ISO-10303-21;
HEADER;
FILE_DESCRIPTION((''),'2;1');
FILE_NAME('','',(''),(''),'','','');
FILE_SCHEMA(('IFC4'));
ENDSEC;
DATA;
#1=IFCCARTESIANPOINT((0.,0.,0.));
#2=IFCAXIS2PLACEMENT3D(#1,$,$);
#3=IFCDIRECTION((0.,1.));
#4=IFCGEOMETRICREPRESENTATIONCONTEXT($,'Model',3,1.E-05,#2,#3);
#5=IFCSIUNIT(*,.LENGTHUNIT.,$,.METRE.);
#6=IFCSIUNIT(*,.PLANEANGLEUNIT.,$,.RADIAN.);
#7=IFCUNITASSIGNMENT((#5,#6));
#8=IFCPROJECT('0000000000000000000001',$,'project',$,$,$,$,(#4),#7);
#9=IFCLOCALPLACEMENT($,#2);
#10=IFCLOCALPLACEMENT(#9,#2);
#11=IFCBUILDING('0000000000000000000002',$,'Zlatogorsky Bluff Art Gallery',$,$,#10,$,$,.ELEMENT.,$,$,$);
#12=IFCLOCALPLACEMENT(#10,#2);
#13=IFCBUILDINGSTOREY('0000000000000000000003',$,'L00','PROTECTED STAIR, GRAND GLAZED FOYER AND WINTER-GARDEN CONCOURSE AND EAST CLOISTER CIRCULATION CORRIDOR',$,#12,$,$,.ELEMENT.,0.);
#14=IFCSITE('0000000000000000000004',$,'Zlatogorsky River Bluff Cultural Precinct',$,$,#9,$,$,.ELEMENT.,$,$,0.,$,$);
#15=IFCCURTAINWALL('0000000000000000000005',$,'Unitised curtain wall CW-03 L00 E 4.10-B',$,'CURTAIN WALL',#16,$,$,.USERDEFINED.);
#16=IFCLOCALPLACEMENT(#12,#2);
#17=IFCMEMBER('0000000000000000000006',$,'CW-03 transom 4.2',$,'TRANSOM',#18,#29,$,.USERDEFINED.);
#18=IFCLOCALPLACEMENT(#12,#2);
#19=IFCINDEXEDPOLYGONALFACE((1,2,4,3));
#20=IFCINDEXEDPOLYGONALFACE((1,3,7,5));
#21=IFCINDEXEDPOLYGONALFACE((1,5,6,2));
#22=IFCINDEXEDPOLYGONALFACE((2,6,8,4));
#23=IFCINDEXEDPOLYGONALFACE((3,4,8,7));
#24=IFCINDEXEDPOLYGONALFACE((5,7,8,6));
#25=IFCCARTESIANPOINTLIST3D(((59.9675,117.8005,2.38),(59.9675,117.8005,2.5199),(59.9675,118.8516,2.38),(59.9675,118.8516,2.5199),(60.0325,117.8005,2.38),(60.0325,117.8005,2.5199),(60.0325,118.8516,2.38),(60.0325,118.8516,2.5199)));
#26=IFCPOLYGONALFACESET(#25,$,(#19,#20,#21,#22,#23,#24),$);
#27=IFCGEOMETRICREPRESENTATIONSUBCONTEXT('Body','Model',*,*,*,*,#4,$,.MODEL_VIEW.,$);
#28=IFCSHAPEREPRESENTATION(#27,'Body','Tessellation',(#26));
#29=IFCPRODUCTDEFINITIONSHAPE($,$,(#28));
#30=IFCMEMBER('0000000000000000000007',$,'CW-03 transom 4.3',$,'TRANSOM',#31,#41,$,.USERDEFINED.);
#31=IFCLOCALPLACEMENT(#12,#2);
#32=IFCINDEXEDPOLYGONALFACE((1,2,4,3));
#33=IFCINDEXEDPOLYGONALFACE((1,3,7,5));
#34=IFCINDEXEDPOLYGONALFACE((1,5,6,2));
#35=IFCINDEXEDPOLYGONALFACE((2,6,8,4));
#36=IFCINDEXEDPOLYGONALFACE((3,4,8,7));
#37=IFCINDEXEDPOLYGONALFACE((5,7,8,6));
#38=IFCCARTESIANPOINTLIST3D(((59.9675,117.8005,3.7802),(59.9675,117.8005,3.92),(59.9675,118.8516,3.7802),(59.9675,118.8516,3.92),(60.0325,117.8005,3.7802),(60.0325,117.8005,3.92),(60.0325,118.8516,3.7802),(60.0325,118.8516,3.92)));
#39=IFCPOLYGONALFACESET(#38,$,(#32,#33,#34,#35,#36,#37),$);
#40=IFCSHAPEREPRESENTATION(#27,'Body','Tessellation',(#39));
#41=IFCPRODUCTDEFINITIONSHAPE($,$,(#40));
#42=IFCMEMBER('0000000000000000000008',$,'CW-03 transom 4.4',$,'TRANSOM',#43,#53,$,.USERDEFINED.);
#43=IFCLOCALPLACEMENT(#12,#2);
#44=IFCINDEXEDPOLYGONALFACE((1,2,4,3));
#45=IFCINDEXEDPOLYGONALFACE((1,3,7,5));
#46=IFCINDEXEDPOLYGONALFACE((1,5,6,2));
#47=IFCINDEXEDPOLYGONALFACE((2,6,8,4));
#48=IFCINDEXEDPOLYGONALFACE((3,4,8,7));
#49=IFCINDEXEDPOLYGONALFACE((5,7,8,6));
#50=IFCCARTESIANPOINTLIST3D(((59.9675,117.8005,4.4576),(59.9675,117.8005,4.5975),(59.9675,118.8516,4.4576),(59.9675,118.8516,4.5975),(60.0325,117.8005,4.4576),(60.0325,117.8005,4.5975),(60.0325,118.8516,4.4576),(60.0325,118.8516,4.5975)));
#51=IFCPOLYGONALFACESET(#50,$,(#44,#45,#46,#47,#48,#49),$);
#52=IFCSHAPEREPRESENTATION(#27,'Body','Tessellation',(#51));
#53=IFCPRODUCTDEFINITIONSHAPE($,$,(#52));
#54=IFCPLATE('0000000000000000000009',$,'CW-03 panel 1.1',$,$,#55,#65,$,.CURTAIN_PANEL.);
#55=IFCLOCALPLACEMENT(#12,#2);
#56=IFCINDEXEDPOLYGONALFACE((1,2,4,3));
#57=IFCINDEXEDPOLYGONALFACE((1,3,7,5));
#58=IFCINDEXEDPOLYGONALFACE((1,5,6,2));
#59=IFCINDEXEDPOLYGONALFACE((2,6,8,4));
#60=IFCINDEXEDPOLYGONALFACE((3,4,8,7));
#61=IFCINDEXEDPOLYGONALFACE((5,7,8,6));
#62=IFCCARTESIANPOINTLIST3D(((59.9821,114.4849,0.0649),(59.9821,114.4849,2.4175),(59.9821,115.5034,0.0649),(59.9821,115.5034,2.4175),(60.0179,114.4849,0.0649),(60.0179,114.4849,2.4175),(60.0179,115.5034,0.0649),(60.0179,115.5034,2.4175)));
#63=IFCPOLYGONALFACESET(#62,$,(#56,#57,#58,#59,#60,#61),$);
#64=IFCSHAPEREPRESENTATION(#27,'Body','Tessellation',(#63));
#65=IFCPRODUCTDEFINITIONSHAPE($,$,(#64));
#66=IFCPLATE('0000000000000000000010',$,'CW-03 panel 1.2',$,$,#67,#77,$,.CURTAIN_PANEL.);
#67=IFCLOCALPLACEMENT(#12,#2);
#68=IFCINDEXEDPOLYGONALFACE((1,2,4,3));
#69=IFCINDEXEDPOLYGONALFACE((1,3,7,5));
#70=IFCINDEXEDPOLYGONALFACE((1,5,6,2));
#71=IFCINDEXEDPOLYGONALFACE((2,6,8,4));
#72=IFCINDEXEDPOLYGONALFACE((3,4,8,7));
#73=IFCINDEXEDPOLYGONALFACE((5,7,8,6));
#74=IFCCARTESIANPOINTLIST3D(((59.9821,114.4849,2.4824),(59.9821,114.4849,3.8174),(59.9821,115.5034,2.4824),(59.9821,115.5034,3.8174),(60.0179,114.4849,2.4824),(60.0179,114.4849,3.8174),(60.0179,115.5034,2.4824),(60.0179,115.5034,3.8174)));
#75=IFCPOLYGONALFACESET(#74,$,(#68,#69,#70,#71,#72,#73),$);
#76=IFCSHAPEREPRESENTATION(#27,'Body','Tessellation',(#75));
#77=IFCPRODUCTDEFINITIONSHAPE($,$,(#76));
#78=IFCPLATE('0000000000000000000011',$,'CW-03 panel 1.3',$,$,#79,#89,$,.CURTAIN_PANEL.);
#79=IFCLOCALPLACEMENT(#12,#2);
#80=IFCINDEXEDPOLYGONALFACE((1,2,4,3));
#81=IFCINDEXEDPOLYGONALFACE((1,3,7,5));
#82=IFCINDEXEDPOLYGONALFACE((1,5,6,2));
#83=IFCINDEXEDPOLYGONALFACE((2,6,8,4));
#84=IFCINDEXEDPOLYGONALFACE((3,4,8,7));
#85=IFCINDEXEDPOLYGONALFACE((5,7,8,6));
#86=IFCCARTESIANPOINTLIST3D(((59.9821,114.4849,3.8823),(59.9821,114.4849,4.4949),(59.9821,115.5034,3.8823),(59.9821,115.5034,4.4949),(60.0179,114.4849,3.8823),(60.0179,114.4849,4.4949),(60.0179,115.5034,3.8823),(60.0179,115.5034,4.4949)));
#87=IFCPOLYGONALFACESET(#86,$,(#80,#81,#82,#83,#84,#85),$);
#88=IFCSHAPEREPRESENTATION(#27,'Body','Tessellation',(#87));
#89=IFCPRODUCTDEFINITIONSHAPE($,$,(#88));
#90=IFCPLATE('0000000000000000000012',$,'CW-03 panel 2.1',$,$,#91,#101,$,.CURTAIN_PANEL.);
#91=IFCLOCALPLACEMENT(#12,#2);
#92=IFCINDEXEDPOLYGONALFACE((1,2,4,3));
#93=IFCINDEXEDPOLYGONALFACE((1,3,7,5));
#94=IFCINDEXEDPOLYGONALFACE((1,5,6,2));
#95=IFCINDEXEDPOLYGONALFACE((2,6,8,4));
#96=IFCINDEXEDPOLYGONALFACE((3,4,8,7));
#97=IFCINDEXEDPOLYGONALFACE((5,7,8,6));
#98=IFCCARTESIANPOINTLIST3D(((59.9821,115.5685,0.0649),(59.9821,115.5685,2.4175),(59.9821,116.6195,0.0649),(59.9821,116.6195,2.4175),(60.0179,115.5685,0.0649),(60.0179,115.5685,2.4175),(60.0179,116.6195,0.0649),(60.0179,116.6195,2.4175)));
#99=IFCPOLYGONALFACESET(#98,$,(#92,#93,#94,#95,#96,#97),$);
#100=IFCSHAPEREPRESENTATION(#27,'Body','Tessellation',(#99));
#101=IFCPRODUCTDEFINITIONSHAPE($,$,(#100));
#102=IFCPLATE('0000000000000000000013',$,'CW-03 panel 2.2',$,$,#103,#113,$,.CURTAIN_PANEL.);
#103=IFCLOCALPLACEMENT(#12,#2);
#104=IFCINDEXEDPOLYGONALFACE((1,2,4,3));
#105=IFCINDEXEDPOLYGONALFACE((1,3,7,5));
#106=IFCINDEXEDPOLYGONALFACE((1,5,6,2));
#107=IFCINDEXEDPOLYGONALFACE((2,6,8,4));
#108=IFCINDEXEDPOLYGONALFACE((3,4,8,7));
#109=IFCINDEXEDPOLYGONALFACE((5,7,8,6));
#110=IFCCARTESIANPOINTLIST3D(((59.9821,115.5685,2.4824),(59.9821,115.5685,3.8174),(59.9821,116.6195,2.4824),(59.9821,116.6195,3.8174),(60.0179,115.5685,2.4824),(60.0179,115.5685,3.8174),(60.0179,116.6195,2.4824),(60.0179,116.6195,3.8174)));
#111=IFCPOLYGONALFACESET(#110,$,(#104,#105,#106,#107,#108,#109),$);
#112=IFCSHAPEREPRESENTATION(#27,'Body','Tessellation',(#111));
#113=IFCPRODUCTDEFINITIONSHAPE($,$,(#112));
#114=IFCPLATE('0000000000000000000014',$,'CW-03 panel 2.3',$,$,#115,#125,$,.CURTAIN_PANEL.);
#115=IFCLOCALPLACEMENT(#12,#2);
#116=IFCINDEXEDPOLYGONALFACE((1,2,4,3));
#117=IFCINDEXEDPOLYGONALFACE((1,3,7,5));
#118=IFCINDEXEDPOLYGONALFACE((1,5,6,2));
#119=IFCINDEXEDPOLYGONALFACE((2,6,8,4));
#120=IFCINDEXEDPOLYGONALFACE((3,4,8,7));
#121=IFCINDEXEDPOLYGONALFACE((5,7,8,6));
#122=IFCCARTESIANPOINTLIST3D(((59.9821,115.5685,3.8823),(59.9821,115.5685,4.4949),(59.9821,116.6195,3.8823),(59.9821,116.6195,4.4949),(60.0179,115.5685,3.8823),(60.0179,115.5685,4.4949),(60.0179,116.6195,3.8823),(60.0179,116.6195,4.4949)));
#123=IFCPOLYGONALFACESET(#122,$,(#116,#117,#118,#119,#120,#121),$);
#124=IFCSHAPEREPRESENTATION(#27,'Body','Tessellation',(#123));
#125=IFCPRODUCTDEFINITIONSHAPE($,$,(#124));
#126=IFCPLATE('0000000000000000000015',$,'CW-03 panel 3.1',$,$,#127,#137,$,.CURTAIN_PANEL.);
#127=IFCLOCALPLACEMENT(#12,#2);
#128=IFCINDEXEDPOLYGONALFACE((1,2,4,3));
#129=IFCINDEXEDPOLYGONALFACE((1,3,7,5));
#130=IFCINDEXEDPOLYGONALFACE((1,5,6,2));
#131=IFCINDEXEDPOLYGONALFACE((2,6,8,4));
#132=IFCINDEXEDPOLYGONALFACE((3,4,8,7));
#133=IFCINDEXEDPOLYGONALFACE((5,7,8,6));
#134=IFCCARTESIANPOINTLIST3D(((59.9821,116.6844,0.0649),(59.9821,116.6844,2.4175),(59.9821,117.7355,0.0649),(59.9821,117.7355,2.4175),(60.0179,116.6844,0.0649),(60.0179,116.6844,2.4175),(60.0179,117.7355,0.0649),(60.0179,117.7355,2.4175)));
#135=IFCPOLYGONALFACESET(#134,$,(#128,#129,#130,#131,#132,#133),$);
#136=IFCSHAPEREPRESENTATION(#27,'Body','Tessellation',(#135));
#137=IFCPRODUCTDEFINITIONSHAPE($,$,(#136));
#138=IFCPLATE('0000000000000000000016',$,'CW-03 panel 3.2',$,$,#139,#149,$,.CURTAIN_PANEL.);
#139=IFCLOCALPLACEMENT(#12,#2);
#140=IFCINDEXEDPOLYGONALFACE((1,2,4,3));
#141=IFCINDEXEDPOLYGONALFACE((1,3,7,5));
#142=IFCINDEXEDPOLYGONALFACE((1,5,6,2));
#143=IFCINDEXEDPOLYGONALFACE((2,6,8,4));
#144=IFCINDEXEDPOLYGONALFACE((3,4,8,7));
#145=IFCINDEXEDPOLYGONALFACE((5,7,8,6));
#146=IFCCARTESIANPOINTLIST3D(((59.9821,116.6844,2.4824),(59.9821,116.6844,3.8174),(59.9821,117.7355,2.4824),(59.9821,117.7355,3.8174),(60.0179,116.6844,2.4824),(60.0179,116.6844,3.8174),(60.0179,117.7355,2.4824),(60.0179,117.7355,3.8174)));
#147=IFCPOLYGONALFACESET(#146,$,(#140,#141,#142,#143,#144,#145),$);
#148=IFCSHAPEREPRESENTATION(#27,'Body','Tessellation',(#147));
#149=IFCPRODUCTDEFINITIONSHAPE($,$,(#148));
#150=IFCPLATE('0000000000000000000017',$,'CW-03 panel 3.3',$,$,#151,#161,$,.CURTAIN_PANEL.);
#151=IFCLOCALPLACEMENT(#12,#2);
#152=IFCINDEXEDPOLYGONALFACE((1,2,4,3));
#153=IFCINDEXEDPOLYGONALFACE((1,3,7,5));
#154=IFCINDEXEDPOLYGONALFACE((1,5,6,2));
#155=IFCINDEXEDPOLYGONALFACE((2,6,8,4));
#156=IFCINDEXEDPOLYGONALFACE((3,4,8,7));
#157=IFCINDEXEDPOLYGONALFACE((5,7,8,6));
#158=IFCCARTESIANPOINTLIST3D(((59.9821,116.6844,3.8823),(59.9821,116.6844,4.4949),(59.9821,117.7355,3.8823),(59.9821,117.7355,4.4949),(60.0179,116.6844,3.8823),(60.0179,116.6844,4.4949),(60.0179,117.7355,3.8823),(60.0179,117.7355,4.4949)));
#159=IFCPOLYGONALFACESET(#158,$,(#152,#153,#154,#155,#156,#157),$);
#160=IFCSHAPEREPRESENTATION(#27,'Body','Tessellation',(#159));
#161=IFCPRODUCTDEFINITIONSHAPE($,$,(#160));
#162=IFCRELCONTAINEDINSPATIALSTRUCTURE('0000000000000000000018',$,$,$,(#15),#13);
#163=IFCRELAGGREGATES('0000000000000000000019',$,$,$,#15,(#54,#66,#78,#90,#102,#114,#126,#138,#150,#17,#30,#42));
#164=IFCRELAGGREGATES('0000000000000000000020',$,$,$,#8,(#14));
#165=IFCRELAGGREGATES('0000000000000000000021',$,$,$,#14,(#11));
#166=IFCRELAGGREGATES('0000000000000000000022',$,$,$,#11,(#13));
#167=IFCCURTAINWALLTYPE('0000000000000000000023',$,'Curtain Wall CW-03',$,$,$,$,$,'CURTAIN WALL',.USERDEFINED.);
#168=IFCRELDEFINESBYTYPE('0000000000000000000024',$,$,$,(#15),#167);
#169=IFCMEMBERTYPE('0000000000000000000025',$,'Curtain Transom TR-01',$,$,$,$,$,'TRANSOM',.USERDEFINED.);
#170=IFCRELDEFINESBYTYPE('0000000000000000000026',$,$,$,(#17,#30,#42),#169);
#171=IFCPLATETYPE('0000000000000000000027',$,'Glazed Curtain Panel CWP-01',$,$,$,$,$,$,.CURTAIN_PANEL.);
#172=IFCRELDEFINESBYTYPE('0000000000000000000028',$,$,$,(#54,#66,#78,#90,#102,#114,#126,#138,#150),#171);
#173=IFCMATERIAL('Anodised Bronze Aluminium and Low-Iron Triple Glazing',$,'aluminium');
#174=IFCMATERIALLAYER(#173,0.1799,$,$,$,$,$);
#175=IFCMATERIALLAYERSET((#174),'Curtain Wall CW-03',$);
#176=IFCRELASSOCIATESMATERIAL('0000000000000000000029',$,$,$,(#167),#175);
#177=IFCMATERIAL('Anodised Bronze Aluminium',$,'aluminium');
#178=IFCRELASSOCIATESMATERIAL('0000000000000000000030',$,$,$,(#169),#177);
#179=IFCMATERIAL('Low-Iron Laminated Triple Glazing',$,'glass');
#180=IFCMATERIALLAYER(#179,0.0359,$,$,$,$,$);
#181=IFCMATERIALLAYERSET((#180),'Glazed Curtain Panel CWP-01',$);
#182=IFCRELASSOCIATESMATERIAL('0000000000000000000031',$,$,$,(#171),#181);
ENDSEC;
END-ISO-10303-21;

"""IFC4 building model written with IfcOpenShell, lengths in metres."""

from ifc_helpers import new_model, si_unit, direction, frame, origin, origin_2d, place, context, subcontext, project, spatial, rectangle, extrude, material, layer, layer_set, material_profile, profile_set, type_object, element, aggregate, save


model = new_model("IFC4")

# Units and contexts
model_context = context("Model", 3, precision=1e-05, world=origin(), true_north=direction((0.0, 1.0)))
body_context = subcontext(model_context, "Body", "Model", "MODEL_VIEW")
ifc_project = project(units=[si_unit("LENGTHUNIT", "METRE"), si_unit("PLANEANGLEUNIT", "RADIAN")], contexts=[model_context])

# Site, building, storey
site_placement = place(None, origin())
site = spatial("IfcSite", under=ifc_project, at=site_placement, Name="Zlatogorsky River Bluff Cultural Precinct", CompositionType="ELEMENT", RefElevation=0.0)
building_placement = place(site_placement, origin())
building = spatial("IfcBuilding", under=site, at=building_placement, Name="Zlatogorsky Bluff Art Gallery", CompositionType="ELEMENT")
storey_placement = place(building_placement, origin())
storey = spatial("IfcBuildingStorey", under=building, at=storey_placement, Name="L00", Description="PROTECTED STAIR, GRAND GLAZED FOYER AND WINTER-GARDEN CONCOURSE AND EAST CLOISTER CIRCULATION CORRIDOR", CompositionType="ELEMENT", Elevation=0.0)

# Curtain wall, members, plates
ifc_material_1 = material(Name="Anodised Bronze Aluminium and Low-Iron Triple Glazing", Category="aluminium")
ifc_layer_1 = layer(ifc_material_1, 0.1799)
ifc_layer_set_1 = layer_set([ifc_layer_1], Name="Curtain Wall CW-03")
curtain_wall_type = type_object("IfcCurtainWallType", Name="Curtain Wall CW-03", ElementType="CURTAIN WALL", PredefinedType="USERDEFINED", material=ifc_layer_set_1)
curtain_wall_placement = place(storey_placement, origin())
curtain_wall = element("IfcCurtainWall", 1, at=curtain_wall_placement, inside=storey, type_object=curtain_wall_type, Name="Unitised curtain wall CW-03 L00 E 4.10-B", ObjectType="CURTAIN WALL", PredefinedType="USERDEFINED")
ifc_material_2 = material(Name="Anodised Bronze Aluminium", Category="aluminium")
ifc_material_profile_1 = material_profile(ifc_material_2, rectangle(XDim=0.0649, YDim=0.1399, at=origin_2d()), Name="ALU TRANSOM 65x140")
ifc_profile_set_1 = profile_set([ifc_material_profile_1], Name="Anodised Bronze Aluminium")
member_type_1 = type_object("IfcMemberType", Name="Curtain Transom TR-01", ElementType="TRANSOM", PredefinedType="USERDEFINED", material=ifc_profile_set_1)
member_1_placement = place(storey_placement, frame((60.0, 117.8005, 2.45), z_axis=(0.0, 1.0, 0.0), x_axis=(-1.0, 0.0, 0.0)))
member_1 = element("IfcMember", 2, at=member_1_placement, type_object=member_type_1, Name="CW-03 transom 4.2", ObjectType="TRANSOM", PredefinedType="USERDEFINED", context=body_context, shape_type="SweptSolid", body=[
    extrude(rectangle(XDim=0.0649, YDim=0.1399, at=origin_2d()), origin(), (0.0, 0.0, 1.0), 1.051),
])
member_2_placement = place(storey_placement, frame((60.0, 117.8005, 3.8501), z_axis=(0.0, 1.0, 0.0), x_axis=(-1.0, 0.0, 0.0)))
member_2 = element("IfcMember", 3, at=member_2_placement, type_object=member_type_1, Name="CW-03 transom 4.3", ObjectType="TRANSOM", PredefinedType="USERDEFINED", context=body_context, shape_type="SweptSolid", body=[
    extrude(rectangle(XDim=0.0649, YDim=0.1399, at=origin_2d()), origin(), (0.0, 0.0, 1.0), 1.051),
])
member_3_placement = place(storey_placement, frame((60.0, 117.8005, 4.5276), z_axis=(0.0, 1.0, 0.0), x_axis=(-1.0, 0.0, 0.0)))
member_3 = element("IfcMember", 4, at=member_3_placement, type_object=member_type_1, Name="CW-03 transom 4.4", ObjectType="TRANSOM", PredefinedType="USERDEFINED", context=body_context, shape_type="SweptSolid", body=[
    extrude(rectangle(XDim=0.0649, YDim=0.1399, at=origin_2d()), origin(), (0.0, 0.0, 1.0), 1.051),
])
ifc_material_3 = material(Name="Low-Iron Laminated Triple Glazing", Category="glass")
ifc_layer_2 = layer(ifc_material_3, 0.0359)
ifc_layer_set_2 = layer_set([ifc_layer_2], Name="Glazed Curtain Panel CWP-01")
plate_type = type_object("IfcPlateType", Name="Glazed Curtain Panel CWP-01", PredefinedType="CURTAIN_PANEL", material=ifc_layer_set_2)
plate_1_placement = place(storey_placement, frame((60.0, 114.9941, 0.0649), z_axis=(0.0, 0.0, 1.0), x_axis=(0.0, 1.0, 0.0)))
plate_1 = element("IfcPlate", 5, at=plate_1_placement, type_object=plate_type, Name="CW-03 panel 1.1", PredefinedType="CURTAIN_PANEL", context=body_context, shape_type="SweptSolid", body=[
    extrude(rectangle(XDim=1.0186, YDim=0.0359, at=origin_2d()), origin(), (0.0, 0.0, 1.0), 2.3525),
])
plate_2_placement = place(storey_placement, frame((60.0, 114.9941, 2.4824), z_axis=(0.0, 0.0, 1.0), x_axis=(0.0, 1.0, 0.0)))
plate_2 = element("IfcPlate", 6, at=plate_2_placement, type_object=plate_type, Name="CW-03 panel 1.2", PredefinedType="CURTAIN_PANEL", context=body_context, shape_type="SweptSolid", body=[
    extrude(rectangle(XDim=1.0186, YDim=0.0359, at=origin_2d()), origin(), (0.0, 0.0, 1.0), 1.335),
])
plate_3_placement = place(storey_placement, frame((60.0, 114.9941, 3.8823), z_axis=(0.0, 0.0, 1.0), x_axis=(0.0, 1.0, 0.0)))
plate_3 = element("IfcPlate", 7, at=plate_3_placement, type_object=plate_type, Name="CW-03 panel 1.3", PredefinedType="CURTAIN_PANEL", context=body_context, shape_type="SweptSolid", body=[
    extrude(rectangle(XDim=1.0186, YDim=0.0359, at=origin_2d()), origin(), (0.0, 0.0, 1.0), 0.6125),
])
plate_4_placement = place(storey_placement, frame((60.0, 116.094, 0.0649), z_axis=(0.0, 0.0, 1.0), x_axis=(0.0, 1.0, 0.0)))
plate_4 = element("IfcPlate", 8, at=plate_4_placement, type_object=plate_type, Name="CW-03 panel 2.1", PredefinedType="CURTAIN_PANEL", context=body_context, shape_type="SweptSolid", body=[
    extrude(rectangle(XDim=1.051, YDim=0.0359, at=origin_2d()), origin(), (0.0, 0.0, 1.0), 2.3525),
])
plate_5_placement = place(storey_placement, frame((60.0, 116.094, 2.4824), z_axis=(0.0, 0.0, 1.0), x_axis=(0.0, 1.0, 0.0)))
plate_5 = element("IfcPlate", 9, at=plate_5_placement, type_object=plate_type, Name="CW-03 panel 2.2", PredefinedType="CURTAIN_PANEL", context=body_context, shape_type="SweptSolid", body=[
    extrude(rectangle(XDim=1.051, YDim=0.0359, at=origin_2d()), origin(), (0.0, 0.0, 1.0), 1.335),
])
plate_6_placement = place(storey_placement, frame((60.0, 116.094, 3.8823), z_axis=(0.0, 0.0, 1.0), x_axis=(0.0, 1.0, 0.0)))
plate_6 = element("IfcPlate", 10, at=plate_6_placement, type_object=plate_type, Name="CW-03 panel 2.3", PredefinedType="CURTAIN_PANEL", context=body_context, shape_type="SweptSolid", body=[
    extrude(rectangle(XDim=1.051, YDim=0.0359, at=origin_2d()), origin(), (0.0, 0.0, 1.0), 0.6125),
])
plate_7_placement = place(storey_placement, frame((60.0, 117.21, 0.0649), z_axis=(0.0, 0.0, 1.0), x_axis=(0.0, 1.0, 0.0)))
plate_7 = element("IfcPlate", 11, at=plate_7_placement, type_object=plate_type, Name="CW-03 panel 3.1", PredefinedType="CURTAIN_PANEL", context=body_context, shape_type="SweptSolid", body=[
    extrude(rectangle(XDim=1.051, YDim=0.0359, at=origin_2d()), origin(), (0.0, 0.0, 1.0), 2.3525),
])
plate_8_placement = place(storey_placement, frame((60.0, 117.21, 2.4824), z_axis=(0.0, 0.0, 1.0), x_axis=(0.0, 1.0, 0.0)))
plate_8 = element("IfcPlate", 12, at=plate_8_placement, type_object=plate_type, Name="CW-03 panel 3.2", PredefinedType="CURTAIN_PANEL", context=body_context, shape_type="SweptSolid", body=[
    extrude(rectangle(XDim=1.051, YDim=0.0359, at=origin_2d()), origin(), (0.0, 0.0, 1.0), 1.335),
])
plate_9_placement = place(storey_placement, frame((60.0, 117.21, 3.8823), z_axis=(0.0, 0.0, 1.0), x_axis=(0.0, 1.0, 0.0)))
plate_9 = element("IfcPlate", 13, at=plate_9_placement, type_object=plate_type, Name="CW-03 panel 3.3", PredefinedType="CURTAIN_PANEL", context=body_context, shape_type="SweptSolid", body=[
    extrude(rectangle(XDim=1.051, YDim=0.0359, at=origin_2d()), origin(), (0.0, 0.0, 1.0), 0.6125),
])
aggregate(curtain_wall, [plate_1, plate_2, plate_3, plate_4, plate_5, plate_6, plate_7, plate_8, plate_9, member_1, member_2, member_3])

save(model, "model.ifc")
